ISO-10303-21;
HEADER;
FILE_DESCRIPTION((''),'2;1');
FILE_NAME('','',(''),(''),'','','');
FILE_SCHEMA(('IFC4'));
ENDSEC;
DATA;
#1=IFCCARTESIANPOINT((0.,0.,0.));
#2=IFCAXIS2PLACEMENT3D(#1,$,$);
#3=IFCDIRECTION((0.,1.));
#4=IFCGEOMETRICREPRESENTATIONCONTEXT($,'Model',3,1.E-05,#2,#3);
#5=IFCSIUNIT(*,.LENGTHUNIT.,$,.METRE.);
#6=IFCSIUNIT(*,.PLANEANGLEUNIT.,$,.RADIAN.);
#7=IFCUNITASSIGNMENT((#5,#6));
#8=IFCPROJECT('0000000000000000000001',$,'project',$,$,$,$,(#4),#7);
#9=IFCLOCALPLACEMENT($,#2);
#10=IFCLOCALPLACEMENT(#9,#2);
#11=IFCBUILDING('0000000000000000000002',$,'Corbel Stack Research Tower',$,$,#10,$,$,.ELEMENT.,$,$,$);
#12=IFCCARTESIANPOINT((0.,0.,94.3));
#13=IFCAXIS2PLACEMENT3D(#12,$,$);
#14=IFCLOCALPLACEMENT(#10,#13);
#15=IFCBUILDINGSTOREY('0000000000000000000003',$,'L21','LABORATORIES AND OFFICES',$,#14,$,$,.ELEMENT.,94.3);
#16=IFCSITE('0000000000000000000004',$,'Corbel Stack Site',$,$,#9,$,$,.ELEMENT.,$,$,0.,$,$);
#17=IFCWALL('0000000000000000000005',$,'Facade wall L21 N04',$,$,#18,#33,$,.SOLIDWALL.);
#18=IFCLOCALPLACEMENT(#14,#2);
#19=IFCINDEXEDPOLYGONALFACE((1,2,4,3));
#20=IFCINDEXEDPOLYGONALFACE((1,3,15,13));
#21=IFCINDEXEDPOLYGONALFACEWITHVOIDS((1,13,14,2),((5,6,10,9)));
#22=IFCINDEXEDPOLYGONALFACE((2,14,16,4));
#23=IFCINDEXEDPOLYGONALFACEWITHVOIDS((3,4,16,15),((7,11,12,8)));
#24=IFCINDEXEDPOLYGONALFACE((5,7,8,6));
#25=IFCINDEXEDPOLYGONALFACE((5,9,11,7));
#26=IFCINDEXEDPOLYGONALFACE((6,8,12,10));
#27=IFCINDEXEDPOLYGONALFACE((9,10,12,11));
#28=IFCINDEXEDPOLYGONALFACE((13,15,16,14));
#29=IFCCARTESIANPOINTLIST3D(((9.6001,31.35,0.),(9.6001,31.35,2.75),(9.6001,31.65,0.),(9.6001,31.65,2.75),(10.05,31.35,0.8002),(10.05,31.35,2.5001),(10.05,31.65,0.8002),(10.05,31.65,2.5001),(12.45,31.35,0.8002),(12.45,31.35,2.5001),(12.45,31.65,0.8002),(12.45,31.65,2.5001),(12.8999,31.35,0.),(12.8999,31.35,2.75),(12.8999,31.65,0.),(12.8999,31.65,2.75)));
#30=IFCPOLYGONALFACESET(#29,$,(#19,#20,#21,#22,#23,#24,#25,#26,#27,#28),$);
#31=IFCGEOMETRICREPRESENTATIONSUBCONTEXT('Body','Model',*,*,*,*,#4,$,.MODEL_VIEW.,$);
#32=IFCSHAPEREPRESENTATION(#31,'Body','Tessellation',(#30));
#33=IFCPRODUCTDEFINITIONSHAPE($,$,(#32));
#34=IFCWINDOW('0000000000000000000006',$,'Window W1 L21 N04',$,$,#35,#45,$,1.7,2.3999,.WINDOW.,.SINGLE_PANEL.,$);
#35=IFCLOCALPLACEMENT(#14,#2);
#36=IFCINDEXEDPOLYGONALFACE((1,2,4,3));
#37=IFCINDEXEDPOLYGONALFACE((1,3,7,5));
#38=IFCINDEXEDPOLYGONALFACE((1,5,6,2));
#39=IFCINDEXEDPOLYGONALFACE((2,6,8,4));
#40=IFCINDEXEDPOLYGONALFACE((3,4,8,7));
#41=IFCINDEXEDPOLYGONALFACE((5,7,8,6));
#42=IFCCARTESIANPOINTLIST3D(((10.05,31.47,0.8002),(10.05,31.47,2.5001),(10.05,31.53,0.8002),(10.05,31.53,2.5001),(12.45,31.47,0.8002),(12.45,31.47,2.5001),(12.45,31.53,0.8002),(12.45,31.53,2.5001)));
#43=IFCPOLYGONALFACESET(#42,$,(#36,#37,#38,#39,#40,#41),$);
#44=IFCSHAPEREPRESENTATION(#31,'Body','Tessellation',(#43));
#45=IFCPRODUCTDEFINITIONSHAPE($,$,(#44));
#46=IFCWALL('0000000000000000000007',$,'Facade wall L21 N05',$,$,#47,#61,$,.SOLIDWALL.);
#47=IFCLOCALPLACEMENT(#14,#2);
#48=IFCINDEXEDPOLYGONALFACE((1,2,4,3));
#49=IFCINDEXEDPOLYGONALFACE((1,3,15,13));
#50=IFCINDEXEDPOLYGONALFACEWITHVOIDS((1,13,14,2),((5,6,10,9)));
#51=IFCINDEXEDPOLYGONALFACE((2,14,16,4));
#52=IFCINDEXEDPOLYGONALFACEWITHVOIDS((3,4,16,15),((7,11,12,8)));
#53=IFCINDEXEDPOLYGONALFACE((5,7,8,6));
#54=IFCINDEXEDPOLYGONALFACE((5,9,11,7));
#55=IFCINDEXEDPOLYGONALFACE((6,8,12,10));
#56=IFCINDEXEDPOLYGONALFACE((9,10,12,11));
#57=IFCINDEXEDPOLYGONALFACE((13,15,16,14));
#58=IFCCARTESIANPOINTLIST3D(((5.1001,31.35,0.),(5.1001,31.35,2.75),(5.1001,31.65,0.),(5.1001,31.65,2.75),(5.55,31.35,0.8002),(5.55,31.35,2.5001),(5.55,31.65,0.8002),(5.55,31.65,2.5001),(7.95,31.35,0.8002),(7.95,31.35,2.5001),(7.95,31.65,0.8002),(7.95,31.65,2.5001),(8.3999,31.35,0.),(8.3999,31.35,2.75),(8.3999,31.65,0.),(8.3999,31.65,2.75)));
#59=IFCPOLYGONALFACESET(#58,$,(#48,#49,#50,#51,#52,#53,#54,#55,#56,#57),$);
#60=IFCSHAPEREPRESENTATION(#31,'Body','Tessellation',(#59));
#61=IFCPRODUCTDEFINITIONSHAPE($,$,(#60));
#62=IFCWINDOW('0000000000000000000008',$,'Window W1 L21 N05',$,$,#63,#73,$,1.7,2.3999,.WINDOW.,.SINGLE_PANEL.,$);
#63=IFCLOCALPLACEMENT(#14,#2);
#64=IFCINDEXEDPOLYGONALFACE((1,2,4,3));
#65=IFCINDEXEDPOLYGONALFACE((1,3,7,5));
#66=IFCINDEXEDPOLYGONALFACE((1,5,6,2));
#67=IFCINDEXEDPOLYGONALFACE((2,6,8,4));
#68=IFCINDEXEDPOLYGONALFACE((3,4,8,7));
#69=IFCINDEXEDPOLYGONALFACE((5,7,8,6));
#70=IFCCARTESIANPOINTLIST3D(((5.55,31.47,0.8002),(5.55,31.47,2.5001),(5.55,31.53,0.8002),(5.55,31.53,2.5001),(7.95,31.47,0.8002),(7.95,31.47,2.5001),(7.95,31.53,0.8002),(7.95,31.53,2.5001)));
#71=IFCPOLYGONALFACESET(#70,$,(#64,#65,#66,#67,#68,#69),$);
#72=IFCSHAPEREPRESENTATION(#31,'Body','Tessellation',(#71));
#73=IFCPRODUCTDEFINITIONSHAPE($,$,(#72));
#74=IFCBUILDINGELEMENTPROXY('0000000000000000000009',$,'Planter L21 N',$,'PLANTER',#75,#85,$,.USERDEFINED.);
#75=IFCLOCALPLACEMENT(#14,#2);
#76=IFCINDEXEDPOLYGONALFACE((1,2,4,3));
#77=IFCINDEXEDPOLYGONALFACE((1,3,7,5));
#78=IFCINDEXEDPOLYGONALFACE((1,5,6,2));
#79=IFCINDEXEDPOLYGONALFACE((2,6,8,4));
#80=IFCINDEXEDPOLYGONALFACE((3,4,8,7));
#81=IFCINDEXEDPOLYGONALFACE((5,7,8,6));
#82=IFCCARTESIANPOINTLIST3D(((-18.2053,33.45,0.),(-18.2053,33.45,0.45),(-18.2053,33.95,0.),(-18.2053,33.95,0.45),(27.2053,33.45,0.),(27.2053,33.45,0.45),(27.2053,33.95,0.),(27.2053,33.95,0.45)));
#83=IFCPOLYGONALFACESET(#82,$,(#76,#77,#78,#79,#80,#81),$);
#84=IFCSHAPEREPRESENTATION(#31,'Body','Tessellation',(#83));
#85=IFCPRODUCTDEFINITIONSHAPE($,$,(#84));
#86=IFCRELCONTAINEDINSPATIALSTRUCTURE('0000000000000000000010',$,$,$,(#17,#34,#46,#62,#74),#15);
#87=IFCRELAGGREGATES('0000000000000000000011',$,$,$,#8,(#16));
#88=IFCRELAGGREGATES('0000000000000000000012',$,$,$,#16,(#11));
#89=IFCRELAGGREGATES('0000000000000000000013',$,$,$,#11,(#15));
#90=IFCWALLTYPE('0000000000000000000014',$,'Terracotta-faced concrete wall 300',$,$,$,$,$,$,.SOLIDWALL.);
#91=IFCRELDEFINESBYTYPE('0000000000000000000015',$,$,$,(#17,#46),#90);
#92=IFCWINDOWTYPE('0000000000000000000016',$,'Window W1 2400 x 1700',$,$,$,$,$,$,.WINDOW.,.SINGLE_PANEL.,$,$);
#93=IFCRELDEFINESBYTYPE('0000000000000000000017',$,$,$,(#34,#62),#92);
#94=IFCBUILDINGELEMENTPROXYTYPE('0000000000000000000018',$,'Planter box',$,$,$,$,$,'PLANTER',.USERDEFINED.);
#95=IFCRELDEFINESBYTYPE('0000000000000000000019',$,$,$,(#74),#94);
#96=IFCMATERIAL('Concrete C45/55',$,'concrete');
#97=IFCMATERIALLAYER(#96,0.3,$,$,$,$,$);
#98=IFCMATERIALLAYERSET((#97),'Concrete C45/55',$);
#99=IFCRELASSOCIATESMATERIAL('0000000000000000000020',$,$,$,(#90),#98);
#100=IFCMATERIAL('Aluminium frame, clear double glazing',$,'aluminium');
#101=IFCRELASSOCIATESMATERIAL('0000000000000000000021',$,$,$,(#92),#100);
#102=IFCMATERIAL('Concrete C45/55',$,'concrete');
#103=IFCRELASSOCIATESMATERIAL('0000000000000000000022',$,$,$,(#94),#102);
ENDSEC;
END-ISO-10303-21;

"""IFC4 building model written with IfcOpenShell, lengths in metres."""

from ifc_helpers import new_model, si_unit, direction, frame, frame_2d, origin, origin_2d, place, context, subcontext, project, spatial, rectangle, extrude, material, layer, layer_set, type_object, element, fill, save


model = new_model("IFC4")

# Units and contexts
model_context = context("Model", 3, precision=1e-05, world=origin(), true_north=direction((0.0, 1.0)))
body_context = subcontext(model_context, "Body", "Model", "MODEL_VIEW")
ifc_project = project(units=[si_unit("LENGTHUNIT", "METRE"), si_unit("PLANEANGLEUNIT", "RADIAN")], contexts=[model_context])

# Site, building, storey
site_placement = place(None, origin())
site = spatial("IfcSite", under=ifc_project, at=site_placement, Name="Corbel Stack Site", CompositionType="ELEMENT", RefElevation=0.0)
building_placement = place(site_placement, origin())
building = spatial("IfcBuilding", under=site, at=building_placement, Name="Corbel Stack Research Tower", CompositionType="ELEMENT")
storey_placement = place(building_placement, frame((0.0, 0.0, 94.3)))
storey = spatial("IfcBuildingStorey", under=building, at=storey_placement, Name="L21", Description="LABORATORIES AND OFFICES", CompositionType="ELEMENT", Elevation=94.3)

# Shared definitions
ifc_material_1 = material(Name="Concrete C45/55", Category="concrete")
ifc_layer_1 = layer(ifc_material_1, 0.3)
ifc_layer_set_1 = layer_set([ifc_layer_1], Name="Concrete C45/55")
wall_type_1 = type_object("IfcWallType", Name="Terracotta-faced concrete wall 300", PredefinedType="SOLIDWALL", material=ifc_layer_set_1)

# Walls, openings, windows
ifc_material_2 = material(Name="Aluminium frame, clear double glazing", Category="aluminium")
window_type = type_object("IfcWindowType", Name="Window W1 2400 x 1700", PartitioningType="SINGLE_PANEL", PredefinedType="WINDOW", material=ifc_material_2)
wall_1_placement = place(storey_placement, frame((9.6001, 31.5, 0.0), z_axis=(0.0, 0.0, 1.0), x_axis=(1.0, 0.0, 0.0)))
wall_1 = element("IfcWall", 1, at=wall_1_placement, inside=storey, type_object=wall_type_1, Name="Facade wall L21 N04", PredefinedType="SOLIDWALL", context=body_context, shape_type="SweptSolid", body=[
    extrude(rectangle(XDim=3.2998, YDim=0.3, at=frame_2d((1.6499, 0.0))), origin(), (0.0, 0.0, 1.0), 2.75),
])
opening_1_placement = place(wall_1_placement, frame((0.45, 0.0, 0.8)))
opening_1 = element("IfcOpeningElement", 2, at=opening_1_placement, cuts=wall_1, PredefinedType="OPENING", context=body_context, shape_type="SweptSolid", body=[
    extrude(rectangle(XDim=2.3999, YDim=1.7, at=frame_2d((1.2, 0.8501))), frame((0.0, 0.1599, 0.0), z_axis=(0.0, -1.0, 0.0), x_axis=(1.0, 0.0, 0.0)), (0.0, 0.0, 1.0), 0.3201),
])
window_1_placement = place(opening_1_placement, origin())
window_1 = element("IfcWindow", 3, at=window_1_placement, inside=storey, type_object=window_type, Name="Window W1 L21 N04", OverallHeight=1.7, OverallWidth=2.3999, PartitioningType="SINGLE_PANEL", PredefinedType="WINDOW", context=body_context, shape_type="SweptSolid", body=[
    extrude(rectangle(XDim=2.3999, YDim=1.7, at=frame_2d((1.2, 0.8501))), frame((0.0, 0.03, 0.0), z_axis=(0.0, -1.0, 0.0), x_axis=(1.0, 0.0, 0.0)), (0.0, 0.0, 1.0), 0.0601),
])
fill(opening_1, window_1)
wall_2_placement = place(storey_placement, frame((5.1001, 31.5, 0.0), z_axis=(0.0, 0.0, 1.0), x_axis=(1.0, 0.0, 0.0)))
wall_2 = element("IfcWall", 4, at=wall_2_placement, inside=storey, type_object=wall_type_1, Name="Facade wall L21 N05", PredefinedType="SOLIDWALL", context=body_context, shape_type="SweptSolid", body=[
    extrude(rectangle(XDim=3.2998, YDim=0.3, at=frame_2d((1.6499, 0.0))), origin(), (0.0, 0.0, 1.0), 2.75),
])
opening_2_placement = place(wall_2_placement, frame((0.45, 0.0, 0.8)))
opening_2 = element("IfcOpeningElement", 5, at=opening_2_placement, cuts=wall_2, PredefinedType="OPENING", context=body_context, shape_type="SweptSolid", body=[
    extrude(rectangle(XDim=2.3999, YDim=1.7, at=frame_2d((1.2, 0.8501))), frame((0.0, 0.1599, 0.0), z_axis=(0.0, -1.0, 0.0), x_axis=(1.0, 0.0, 0.0)), (0.0, 0.0, 1.0), 0.3201),
])
window_2_placement = place(opening_2_placement, origin())
window_2 = element("IfcWindow", 6, at=window_2_placement, inside=storey, type_object=window_type, Name="Window W1 L21 N05", OverallHeight=1.7, OverallWidth=2.3999, PartitioningType="SINGLE_PANEL", PredefinedType="WINDOW", context=body_context, shape_type="SweptSolid", body=[
    extrude(rectangle(XDim=2.3999, YDim=1.7, at=frame_2d((1.2, 0.8501))), frame((0.0, 0.03, 0.0), z_axis=(0.0, -1.0, 0.0), x_axis=(1.0, 0.0, 0.0)), (0.0, 0.0, 1.0), 0.0601),
])
fill(opening_2, window_2)

# Building element proxy
ifc_material_3 = material(Name="Concrete C45/55", Category="concrete")
building_element_proxy_type = type_object("IfcBuildingElementProxyType", Name="Planter box", ElementType="PLANTER", PredefinedType="USERDEFINED", material=ifc_material_3)
proxy_placement = place(storey_placement, frame((4.5, 33.7, 0.0), z_axis=(0.0, 0.0, 1.0), x_axis=(-1.0, 0.0, 0.0)))
element("IfcBuildingElementProxy", 7, at=proxy_placement, inside=storey, type_object=building_element_proxy_type, Name="Planter L21 N", ObjectType="PLANTER", PredefinedType="USERDEFINED", context=body_context, shape_type="SweptSolid", body=[
    extrude(rectangle(XDim=45.4106, YDim=0.5, at=origin_2d()), origin(), (0.0, 0.0, 1.0), 0.45),
])

save(model, "model.ifc")
